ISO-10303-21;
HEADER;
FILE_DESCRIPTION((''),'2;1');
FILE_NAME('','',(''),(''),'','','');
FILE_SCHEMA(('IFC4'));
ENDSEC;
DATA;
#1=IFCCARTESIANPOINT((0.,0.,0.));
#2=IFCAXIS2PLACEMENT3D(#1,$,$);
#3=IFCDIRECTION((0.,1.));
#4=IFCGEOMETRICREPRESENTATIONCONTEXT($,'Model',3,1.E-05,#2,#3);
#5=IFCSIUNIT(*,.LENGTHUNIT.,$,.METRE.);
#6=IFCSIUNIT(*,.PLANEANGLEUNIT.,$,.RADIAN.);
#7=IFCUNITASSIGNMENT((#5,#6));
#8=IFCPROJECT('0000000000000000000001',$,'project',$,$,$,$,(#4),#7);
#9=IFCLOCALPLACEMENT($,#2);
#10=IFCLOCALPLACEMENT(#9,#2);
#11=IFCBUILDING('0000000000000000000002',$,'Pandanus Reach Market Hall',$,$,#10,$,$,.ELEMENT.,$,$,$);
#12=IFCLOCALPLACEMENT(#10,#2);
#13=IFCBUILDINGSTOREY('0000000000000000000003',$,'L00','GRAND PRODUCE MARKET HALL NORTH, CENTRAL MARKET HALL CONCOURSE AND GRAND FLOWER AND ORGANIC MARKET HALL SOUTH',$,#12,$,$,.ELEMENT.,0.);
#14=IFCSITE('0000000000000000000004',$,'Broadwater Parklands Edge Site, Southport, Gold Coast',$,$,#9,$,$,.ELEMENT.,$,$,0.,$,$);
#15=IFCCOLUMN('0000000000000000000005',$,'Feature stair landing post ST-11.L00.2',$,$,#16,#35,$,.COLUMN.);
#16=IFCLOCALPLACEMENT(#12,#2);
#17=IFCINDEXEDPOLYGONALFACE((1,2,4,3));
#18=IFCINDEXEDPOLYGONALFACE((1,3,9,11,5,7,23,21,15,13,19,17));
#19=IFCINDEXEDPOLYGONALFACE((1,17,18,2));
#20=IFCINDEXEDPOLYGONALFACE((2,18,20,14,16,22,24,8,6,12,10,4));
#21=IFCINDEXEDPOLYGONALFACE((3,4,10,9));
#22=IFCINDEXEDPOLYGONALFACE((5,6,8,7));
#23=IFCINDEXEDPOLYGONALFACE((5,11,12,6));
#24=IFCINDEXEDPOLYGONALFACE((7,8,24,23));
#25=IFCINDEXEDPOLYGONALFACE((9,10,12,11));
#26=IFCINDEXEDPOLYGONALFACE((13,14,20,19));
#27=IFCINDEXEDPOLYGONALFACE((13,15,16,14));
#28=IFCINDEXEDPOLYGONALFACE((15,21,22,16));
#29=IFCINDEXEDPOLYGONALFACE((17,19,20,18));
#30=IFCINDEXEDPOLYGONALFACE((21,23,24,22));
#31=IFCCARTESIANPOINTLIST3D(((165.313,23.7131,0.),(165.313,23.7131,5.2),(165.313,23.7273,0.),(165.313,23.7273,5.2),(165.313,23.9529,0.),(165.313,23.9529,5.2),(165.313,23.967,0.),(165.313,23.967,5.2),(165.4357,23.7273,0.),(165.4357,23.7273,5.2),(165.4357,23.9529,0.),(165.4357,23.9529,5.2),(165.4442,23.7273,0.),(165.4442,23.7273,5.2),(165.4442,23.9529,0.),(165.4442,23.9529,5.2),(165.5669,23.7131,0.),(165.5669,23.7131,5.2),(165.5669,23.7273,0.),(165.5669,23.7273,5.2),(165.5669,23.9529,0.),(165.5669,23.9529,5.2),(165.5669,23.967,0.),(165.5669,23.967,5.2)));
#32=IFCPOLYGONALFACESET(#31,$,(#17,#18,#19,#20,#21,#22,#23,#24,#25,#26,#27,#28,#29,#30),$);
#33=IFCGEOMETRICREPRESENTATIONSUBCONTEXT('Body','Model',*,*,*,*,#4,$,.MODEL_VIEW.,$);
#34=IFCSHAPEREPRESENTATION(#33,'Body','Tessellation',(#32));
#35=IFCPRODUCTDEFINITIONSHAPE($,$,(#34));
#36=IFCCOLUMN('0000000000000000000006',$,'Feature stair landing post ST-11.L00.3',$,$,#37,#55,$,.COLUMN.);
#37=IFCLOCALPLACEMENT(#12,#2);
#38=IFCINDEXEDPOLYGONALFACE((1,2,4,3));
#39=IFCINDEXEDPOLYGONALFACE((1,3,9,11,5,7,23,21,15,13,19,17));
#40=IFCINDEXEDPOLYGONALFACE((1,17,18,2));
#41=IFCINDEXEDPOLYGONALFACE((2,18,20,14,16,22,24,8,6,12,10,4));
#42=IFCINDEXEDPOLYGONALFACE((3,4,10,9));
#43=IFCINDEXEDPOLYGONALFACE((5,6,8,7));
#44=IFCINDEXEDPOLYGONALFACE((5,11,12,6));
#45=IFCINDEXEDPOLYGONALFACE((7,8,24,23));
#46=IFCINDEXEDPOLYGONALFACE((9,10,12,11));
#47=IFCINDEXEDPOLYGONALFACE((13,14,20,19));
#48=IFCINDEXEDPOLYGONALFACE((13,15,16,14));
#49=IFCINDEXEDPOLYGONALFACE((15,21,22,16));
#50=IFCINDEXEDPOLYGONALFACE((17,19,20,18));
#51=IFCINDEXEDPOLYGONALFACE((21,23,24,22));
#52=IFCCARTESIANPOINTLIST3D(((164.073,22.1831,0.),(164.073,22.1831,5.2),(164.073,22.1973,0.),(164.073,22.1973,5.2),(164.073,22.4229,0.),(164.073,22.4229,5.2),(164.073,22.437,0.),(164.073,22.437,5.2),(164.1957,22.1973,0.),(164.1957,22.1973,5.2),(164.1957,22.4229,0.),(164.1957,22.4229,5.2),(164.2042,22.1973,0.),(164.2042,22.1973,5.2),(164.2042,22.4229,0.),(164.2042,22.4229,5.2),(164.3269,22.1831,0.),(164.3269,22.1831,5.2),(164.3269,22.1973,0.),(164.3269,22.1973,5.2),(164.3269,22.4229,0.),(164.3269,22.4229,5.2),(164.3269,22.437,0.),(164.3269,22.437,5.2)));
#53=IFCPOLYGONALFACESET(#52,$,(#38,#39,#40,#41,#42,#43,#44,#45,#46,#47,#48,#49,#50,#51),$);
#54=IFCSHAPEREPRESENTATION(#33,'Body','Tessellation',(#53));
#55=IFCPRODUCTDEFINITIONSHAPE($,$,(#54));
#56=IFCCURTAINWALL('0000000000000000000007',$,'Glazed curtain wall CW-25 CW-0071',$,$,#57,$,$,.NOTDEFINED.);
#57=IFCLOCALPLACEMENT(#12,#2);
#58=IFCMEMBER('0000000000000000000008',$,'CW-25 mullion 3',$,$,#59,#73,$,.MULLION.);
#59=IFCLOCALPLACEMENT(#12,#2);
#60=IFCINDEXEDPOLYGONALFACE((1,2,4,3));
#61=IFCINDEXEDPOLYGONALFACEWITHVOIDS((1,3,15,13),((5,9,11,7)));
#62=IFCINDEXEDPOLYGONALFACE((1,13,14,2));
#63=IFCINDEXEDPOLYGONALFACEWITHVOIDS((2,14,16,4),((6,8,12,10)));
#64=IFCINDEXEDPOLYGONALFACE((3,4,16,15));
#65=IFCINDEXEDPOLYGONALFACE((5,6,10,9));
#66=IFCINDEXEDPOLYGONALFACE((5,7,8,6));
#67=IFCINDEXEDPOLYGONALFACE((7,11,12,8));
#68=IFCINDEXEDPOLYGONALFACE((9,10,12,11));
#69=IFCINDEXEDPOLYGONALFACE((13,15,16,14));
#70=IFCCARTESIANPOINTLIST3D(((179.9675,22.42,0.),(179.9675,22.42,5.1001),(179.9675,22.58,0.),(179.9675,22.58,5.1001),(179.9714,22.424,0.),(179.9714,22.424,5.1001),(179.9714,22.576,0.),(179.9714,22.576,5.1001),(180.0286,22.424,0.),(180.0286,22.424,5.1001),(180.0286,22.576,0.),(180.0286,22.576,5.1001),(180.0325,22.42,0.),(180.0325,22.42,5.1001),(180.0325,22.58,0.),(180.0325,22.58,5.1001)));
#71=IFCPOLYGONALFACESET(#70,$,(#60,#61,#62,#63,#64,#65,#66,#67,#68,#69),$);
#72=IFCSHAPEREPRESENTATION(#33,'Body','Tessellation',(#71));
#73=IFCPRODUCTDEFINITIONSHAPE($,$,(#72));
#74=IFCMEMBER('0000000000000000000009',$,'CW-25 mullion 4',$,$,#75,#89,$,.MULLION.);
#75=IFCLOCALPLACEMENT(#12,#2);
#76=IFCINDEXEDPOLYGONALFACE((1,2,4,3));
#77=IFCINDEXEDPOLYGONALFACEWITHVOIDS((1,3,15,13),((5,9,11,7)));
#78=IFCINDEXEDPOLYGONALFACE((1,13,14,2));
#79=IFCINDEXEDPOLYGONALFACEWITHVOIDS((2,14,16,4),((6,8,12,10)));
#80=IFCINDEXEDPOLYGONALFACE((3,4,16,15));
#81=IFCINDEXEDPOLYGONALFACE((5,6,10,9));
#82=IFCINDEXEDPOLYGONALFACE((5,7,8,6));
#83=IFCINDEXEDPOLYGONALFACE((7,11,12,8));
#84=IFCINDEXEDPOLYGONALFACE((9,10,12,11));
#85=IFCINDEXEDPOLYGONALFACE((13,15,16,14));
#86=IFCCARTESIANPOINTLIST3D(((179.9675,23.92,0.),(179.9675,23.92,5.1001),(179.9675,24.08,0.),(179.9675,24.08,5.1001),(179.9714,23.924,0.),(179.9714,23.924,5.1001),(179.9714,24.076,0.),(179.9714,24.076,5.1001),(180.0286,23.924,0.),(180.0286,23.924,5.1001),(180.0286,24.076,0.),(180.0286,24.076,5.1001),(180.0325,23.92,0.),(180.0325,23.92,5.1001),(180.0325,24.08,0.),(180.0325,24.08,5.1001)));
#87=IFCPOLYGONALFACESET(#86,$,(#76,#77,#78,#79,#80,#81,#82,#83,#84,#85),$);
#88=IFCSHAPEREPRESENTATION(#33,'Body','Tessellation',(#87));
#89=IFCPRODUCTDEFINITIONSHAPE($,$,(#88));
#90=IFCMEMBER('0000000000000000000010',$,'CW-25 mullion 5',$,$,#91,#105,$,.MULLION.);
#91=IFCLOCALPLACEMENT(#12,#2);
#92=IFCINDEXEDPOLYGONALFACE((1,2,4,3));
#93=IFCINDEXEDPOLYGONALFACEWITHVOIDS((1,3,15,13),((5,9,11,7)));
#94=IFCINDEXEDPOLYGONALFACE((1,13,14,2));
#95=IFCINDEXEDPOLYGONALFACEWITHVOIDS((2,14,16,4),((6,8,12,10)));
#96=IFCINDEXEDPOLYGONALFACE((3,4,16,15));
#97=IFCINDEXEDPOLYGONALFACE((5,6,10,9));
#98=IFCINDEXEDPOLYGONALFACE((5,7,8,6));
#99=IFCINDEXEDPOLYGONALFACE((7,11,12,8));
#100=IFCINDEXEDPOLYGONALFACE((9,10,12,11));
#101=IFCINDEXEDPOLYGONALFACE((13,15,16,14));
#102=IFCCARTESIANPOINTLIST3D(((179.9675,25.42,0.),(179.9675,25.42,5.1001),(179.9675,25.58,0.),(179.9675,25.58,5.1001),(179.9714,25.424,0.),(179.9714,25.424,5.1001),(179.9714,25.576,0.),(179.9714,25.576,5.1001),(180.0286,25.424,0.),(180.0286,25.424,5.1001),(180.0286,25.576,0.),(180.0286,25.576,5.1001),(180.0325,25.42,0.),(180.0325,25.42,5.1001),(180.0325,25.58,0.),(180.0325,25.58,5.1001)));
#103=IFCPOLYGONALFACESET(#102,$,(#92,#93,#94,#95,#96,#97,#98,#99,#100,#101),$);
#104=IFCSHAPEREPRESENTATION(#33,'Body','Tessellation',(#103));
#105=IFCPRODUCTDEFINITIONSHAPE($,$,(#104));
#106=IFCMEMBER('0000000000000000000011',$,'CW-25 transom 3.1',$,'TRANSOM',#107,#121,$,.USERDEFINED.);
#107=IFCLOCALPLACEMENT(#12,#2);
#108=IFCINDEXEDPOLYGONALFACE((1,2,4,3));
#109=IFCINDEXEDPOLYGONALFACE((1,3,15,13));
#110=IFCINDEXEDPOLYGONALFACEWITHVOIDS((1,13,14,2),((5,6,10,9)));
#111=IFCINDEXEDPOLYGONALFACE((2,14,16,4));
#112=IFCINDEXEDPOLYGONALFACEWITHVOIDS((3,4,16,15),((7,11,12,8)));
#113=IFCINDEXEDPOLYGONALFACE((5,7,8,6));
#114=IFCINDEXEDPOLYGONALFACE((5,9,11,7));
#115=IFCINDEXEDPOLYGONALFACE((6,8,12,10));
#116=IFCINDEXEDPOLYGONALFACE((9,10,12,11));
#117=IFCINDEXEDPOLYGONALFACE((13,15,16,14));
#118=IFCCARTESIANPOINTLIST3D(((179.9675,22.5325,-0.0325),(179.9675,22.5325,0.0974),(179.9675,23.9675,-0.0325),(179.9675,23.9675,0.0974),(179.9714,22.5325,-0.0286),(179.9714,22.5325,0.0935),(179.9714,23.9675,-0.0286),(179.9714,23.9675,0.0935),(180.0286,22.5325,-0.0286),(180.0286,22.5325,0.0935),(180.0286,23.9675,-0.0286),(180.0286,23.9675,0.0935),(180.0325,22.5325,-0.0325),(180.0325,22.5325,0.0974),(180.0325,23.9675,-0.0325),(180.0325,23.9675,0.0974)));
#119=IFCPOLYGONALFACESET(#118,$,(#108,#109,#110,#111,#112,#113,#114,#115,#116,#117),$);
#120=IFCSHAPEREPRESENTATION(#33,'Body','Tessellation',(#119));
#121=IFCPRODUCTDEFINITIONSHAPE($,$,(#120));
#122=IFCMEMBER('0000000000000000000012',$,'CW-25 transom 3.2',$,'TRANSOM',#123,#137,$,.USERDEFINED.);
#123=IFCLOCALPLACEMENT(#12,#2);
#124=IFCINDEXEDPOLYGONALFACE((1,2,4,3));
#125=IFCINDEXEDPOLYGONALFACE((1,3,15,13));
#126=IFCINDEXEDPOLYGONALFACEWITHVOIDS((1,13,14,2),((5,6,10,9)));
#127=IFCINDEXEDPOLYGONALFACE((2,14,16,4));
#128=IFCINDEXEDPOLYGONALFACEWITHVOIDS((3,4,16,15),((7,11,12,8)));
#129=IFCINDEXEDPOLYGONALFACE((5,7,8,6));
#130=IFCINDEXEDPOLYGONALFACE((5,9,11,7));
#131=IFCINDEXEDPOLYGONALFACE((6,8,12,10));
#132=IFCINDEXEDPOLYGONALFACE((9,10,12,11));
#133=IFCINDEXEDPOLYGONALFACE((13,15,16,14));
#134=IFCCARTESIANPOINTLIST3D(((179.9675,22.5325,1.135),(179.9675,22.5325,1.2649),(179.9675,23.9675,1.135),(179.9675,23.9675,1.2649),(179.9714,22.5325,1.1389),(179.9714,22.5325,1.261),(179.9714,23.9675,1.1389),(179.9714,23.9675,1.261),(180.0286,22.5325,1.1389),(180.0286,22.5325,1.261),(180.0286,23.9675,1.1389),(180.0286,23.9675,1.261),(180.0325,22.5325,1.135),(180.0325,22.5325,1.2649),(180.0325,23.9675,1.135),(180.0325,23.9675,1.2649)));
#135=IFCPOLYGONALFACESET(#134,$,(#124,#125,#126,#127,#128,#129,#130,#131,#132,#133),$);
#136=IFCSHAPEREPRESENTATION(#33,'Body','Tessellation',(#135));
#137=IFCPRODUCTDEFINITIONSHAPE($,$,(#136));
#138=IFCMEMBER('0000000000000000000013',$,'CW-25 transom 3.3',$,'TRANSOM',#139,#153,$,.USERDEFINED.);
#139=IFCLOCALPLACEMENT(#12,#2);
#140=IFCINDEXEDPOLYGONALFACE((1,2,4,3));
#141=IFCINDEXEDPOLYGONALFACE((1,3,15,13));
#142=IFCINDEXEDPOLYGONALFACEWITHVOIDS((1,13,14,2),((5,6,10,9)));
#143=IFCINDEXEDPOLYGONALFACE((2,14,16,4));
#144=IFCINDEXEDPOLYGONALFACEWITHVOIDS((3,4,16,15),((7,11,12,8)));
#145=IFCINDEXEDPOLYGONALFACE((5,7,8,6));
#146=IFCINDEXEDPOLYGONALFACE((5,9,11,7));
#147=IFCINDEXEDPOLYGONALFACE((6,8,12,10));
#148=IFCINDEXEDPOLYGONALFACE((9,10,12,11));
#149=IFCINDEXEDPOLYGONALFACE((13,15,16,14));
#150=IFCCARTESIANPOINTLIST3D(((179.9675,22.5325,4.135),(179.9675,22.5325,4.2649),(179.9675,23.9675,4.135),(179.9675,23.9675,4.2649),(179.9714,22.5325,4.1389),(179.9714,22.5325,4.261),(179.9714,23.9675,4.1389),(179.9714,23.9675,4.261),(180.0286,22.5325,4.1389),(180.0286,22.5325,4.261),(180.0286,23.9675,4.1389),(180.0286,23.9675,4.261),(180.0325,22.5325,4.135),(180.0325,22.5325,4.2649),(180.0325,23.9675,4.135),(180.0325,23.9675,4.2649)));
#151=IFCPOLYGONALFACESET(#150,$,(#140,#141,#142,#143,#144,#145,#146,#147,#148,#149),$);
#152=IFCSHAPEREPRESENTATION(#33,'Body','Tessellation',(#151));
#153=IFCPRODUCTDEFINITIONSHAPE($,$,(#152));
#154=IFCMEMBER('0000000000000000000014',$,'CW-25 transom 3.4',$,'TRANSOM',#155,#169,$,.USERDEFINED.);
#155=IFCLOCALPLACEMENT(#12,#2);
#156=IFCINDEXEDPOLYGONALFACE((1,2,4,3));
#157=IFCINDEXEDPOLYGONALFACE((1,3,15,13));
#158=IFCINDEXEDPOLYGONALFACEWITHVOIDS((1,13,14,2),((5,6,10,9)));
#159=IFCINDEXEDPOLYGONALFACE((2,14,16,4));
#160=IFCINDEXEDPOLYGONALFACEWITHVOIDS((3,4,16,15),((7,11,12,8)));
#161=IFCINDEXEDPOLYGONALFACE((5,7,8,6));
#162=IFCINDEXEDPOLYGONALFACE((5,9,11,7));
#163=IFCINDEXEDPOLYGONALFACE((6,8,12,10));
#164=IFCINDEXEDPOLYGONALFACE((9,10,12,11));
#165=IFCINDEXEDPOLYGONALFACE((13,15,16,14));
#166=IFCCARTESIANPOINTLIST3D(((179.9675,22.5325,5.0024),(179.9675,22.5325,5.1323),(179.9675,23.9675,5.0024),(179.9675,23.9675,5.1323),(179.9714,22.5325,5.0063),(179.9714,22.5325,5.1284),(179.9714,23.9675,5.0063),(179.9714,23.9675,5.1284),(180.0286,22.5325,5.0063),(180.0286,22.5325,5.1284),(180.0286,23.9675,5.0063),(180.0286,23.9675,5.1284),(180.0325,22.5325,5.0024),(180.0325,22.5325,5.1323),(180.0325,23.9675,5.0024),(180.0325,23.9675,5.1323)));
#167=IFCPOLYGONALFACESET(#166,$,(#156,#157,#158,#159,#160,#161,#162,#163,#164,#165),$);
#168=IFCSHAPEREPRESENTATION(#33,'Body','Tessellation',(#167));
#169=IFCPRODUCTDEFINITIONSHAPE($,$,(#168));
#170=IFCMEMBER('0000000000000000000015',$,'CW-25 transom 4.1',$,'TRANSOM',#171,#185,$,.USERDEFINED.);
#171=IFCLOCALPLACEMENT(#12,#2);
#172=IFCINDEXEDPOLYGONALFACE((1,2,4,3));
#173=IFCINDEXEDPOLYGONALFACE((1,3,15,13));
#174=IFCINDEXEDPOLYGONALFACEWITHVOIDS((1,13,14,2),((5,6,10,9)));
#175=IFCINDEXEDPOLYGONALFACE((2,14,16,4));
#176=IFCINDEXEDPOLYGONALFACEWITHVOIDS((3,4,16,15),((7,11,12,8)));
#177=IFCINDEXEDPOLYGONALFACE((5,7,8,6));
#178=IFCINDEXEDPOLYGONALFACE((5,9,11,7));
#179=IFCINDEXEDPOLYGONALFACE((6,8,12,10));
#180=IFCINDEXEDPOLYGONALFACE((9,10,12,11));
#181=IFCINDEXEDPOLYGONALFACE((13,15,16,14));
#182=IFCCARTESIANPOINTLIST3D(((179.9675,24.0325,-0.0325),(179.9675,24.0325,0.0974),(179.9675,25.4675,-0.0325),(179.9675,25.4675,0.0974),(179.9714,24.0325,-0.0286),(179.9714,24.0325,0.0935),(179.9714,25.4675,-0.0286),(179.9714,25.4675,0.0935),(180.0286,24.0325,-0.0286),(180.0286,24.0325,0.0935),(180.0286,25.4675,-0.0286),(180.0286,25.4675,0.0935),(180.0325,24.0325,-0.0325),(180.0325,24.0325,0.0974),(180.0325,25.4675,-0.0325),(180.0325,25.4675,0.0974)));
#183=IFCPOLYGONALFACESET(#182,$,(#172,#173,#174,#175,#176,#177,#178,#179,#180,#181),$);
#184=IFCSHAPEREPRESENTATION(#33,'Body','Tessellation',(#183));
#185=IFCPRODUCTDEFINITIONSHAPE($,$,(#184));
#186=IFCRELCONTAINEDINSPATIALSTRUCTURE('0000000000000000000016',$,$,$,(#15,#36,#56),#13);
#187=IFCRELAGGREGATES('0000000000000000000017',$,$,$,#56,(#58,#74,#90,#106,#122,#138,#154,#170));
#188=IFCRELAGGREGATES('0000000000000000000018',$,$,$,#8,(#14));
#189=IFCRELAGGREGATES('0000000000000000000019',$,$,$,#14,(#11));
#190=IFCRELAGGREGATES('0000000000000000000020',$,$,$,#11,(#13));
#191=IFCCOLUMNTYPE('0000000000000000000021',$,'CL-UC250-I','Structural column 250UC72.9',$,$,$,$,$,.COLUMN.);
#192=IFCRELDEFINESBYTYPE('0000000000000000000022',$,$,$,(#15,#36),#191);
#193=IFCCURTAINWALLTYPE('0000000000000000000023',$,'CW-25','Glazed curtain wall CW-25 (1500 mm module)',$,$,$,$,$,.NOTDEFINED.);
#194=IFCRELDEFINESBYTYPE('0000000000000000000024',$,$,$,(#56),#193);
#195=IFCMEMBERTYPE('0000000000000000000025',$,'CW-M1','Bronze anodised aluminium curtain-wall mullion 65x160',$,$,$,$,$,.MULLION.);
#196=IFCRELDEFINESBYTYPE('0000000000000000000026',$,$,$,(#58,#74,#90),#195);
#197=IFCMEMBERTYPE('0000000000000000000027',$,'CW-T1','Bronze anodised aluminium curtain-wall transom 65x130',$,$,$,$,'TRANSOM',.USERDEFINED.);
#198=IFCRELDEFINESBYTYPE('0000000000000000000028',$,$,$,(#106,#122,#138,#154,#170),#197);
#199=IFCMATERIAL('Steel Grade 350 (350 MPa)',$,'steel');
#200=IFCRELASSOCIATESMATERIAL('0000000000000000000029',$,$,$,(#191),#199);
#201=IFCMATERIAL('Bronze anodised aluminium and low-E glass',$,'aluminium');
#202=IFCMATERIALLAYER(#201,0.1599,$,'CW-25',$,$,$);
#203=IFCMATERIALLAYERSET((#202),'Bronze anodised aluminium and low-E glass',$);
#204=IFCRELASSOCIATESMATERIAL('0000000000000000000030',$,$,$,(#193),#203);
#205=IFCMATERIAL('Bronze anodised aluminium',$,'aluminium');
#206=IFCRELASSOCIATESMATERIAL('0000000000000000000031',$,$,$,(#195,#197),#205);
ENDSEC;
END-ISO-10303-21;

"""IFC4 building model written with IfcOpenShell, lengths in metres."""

from ifc_helpers import new_model, si_unit, direction, frame, origin, origin_2d, place, context, subcontext, project, spatial, hollow_rectangle, i_section, extrude, material, layer, layer_set, material_profile, profile_set, type_object, element, aggregate, save


model = new_model("IFC4")

# Units and contexts
model_context = context("Model", 3, precision=1e-05, world=origin(), true_north=direction((0.0, 1.0)))
body_context = subcontext(model_context, "Body", "Model", "MODEL_VIEW")
ifc_project = project(units=[si_unit("LENGTHUNIT", "METRE"), si_unit("PLANEANGLEUNIT", "RADIAN")], contexts=[model_context])

# Site, building, storey
site_placement = place(None, origin())
site = spatial("IfcSite", under=ifc_project, at=site_placement, Name="Broadwater Parklands Edge Site, Southport, Gold Coast", CompositionType="ELEMENT", RefElevation=0.0)
building_placement = place(site_placement, origin())
building = spatial("IfcBuilding", under=site, at=building_placement, Name="Pandanus Reach Market Hall", CompositionType="ELEMENT")
storey_placement = place(building_placement, origin())
storey = spatial("IfcBuildingStorey", under=building, at=storey_placement, Name="L00", Description="GRAND PRODUCE MARKET HALL NORTH, CENTRAL MARKET HALL CONCOURSE AND GRAND FLOWER AND ORGANIC MARKET HALL SOUTH", CompositionType="ELEMENT", Elevation=0.0)

# Columns
ifc_material_1 = material(Name="Steel Grade 350 (350 MPa)", Category="steel")
ifc_material_profile_1 = material_profile(ifc_material_1, i_section(OverallWidth=0.2539, OverallDepth=0.2539, WebThickness=0.0085, FlangeThickness=0.0142, at=origin_2d()), Name="250UC72.9", Category="LoadBearing")
ifc_profile_set_1 = profile_set([ifc_material_profile_1], Name="Steel Grade 350 (350 MPa)")
column_type = type_object("IfcColumnType", Name="CL-UC250-I", Description="Structural column 250UC72.9", PredefinedType="COLUMN", material=ifc_profile_set_1)
for number, where, z_axis, x_axis, name in (
    (1, (165.4399, 23.8401, 0.0), (0.0, 0.0, 1.0), (1.0, 0.0, 0.0), "Feature stair landing post ST-11.L00.2"),
    (2, (164.2, 22.3101, 0.0), (0.0, 0.0, 1.0), (1.0, 0.0, 0.0), "Feature stair landing post ST-11.L00.3"),
):
    element("IfcColumn", number, at=place(storey_placement, frame(where, z_axis=z_axis, x_axis=x_axis)), inside=storey, type_object=column_type, Name=name, PredefinedType="COLUMN", context=body_context, shape_type="SweptSolid", body=[
        extrude(i_section(OverallWidth=0.2539, OverallDepth=0.2539, WebThickness=0.0085, FlangeThickness=0.0142, at=origin_2d()), origin(), (0.0, 0.0, 1.0), 5.2),
    ])

# Curtain wall, members
ifc_material_2 = material(Name="Bronze anodised aluminium and low-E glass", Category="aluminium")
ifc_layer_1 = layer(ifc_material_2, 0.1599, Name="CW-25")
ifc_layer_set_1 = layer_set([ifc_layer_1], Name="Bronze anodised aluminium and low-E glass")
curtain_wall_type = type_object("IfcCurtainWallType", Name="CW-25", Description="Glazed curtain wall CW-25 (1500 mm module)", PredefinedType="NOTDEFINED", material=ifc_layer_set_1)
curtain_wall_placement = place(storey_placement, origin())
curtain_wall = element("IfcCurtainWall", 3, at=curtain_wall_placement, inside=storey, type_object=curtain_wall_type, Name="Glazed curtain wall CW-25 CW-0071", PredefinedType="NOTDEFINED")
ifc_material_3 = material(Name="Bronze anodised aluminium", Category="aluminium")
ifc_material_profile_2 = material_profile(ifc_material_3, hollow_rectangle(XDim=0.0649, YDim=0.1599, WallThickness=0.0039, at=origin_2d()), Name="ALU65x160", Category="LoadBearing")
ifc_profile_set_2 = profile_set([ifc_material_profile_2], Name="Bronze anodised aluminium")
member_type_1 = type_object("IfcMemberType", Name="CW-M1", Description="Bronze anodised aluminium curtain-wall mullion 65x160", PredefinedType="MULLION", material=ifc_profile_set_2)
member_1_placement = place(storey_placement, frame((180.0, 22.5, 0.0), z_axis=(0.0, 0.0, 1.0), x_axis=(-1.0, 0.0, 0.0)))
member_1 = element("IfcMember", 4, at=member_1_placement, type_object=member_type_1, Name="CW-25 mullion 3", PredefinedType="MULLION", context=body_context, shape_type="SweptSolid", body=[
    extrude(hollow_rectangle(XDim=0.0649, YDim=0.1599, WallThickness=0.0039, at=origin_2d()), origin(), (0.0, 0.0, 1.0), 5.1001),
])
member_2_placement = place(storey_placement, frame((180.0, 24.0, 0.0), z_axis=(0.0, 0.0, 1.0), x_axis=(-1.0, 0.0, 0.0)))
member_2 = element("IfcMember", 5, at=member_2_placement, type_object=member_type_1, Name="CW-25 mullion 4", PredefinedType="MULLION", context=body_context, shape_type="SweptSolid", body=[
    extrude(hollow_rectangle(XDim=0.0649, YDim=0.1599, WallThickness=0.0039, at=origin_2d()), origin(), (0.0, 0.0, 1.0), 5.1001),
])
member_3_placement = place(storey_placement, frame((180.0, 25.5, 0.0), z_axis=(0.0, 0.0, 1.0), x_axis=(-1.0, 0.0, 0.0)))
member_3 = element("IfcMember", 6, at=member_3_placement, type_object=member_type_1, Name="CW-25 mullion 5", PredefinedType="MULLION", context=body_context, shape_type="SweptSolid", body=[
    extrude(hollow_rectangle(XDim=0.0649, YDim=0.1599, WallThickness=0.0039, at=origin_2d()), origin(), (0.0, 0.0, 1.0), 5.1001),
])
ifc_material_profile_3 = material_profile(ifc_material_3, hollow_rectangle(XDim=0.0649, YDim=0.1299, WallThickness=0.0039, at=origin_2d()), Name="ALU65x130", Category="LoadBearing")
ifc_profile_set_3 = profile_set([ifc_material_profile_3], Name="Bronze anodised aluminium")
member_type_2 = type_object("IfcMemberType", Name="CW-T1", Description="Bronze anodised aluminium curtain-wall transom 65x130", ElementType="TRANSOM", PredefinedType="USERDEFINED", material=ifc_profile_set_3)
member_4_placement = place(storey_placement, frame((180.0, 22.5325, 0.0325), z_axis=(0.0, 1.0, 0.0), x_axis=(-1.0, 0.0, 0.0)))
member_4 = element("IfcMember", 7, at=member_4_placement, type_object=member_type_2, Name="CW-25 transom 3.1", ObjectType="TRANSOM", PredefinedType="USERDEFINED", context=body_context, shape_type="SweptSolid", body=[
    extrude(hollow_rectangle(XDim=0.0649, YDim=0.1299, WallThickness=0.0039, at=origin_2d()), origin(), (0.0, 0.0, 1.0), 1.4351),
])
member_5_placement = place(storey_placement, frame((180.0, 22.5325, 1.2), z_axis=(0.0, 1.0, 0.0), x_axis=(-1.0, 0.0, 0.0)))
member_5 = element("IfcMember", 8, at=member_5_placement, type_object=member_type_2, Name="CW-25 transom 3.2", ObjectType="TRANSOM", PredefinedType="USERDEFINED", context=body_context, shape_type="SweptSolid", body=[
    extrude(hollow_rectangle(XDim=0.0649, YDim=0.1299, WallThickness=0.0039, at=origin_2d()), origin(), (0.0, 0.0, 1.0), 1.4351),
])
member_6_placement = place(storey_placement, frame((180.0, 22.5325, 4.2), z_axis=(0.0, 1.0, 0.0), x_axis=(-1.0, 0.0, 0.0)))
member_6 = element("IfcMember", 9, at=member_6_placement, type_object=member_type_2, Name="CW-25 transom 3.3", ObjectType="TRANSOM", PredefinedType="USERDEFINED", context=body_context, shape_type="SweptSolid", body=[
    extrude(hollow_rectangle(XDim=0.0649, YDim=0.1299, WallThickness=0.0039, at=origin_2d()), origin(), (0.0, 0.0, 1.0), 1.4351),
])
member_7_placement = place(storey_placement, frame((180.0, 22.5325, 5.0674), z_axis=(0.0, 1.0, 0.0), x_axis=(-1.0, 0.0, 0.0)))
member_7 = element("IfcMember", 10, at=member_7_placement, type_object=member_type_2, Name="CW-25 transom 3.4", ObjectType="TRANSOM", PredefinedType="USERDEFINED", context=body_context, shape_type="SweptSolid", body=[
    extrude(hollow_rectangle(XDim=0.0649, YDim=0.1299, WallThickness=0.0039, at=origin_2d()), origin(), (0.0, 0.0, 1.0), 1.4351),
])
member_8_placement = place(storey_placement, frame((180.0, 24.0325, 0.0325), z_axis=(0.0, 1.0, 0.0), x_axis=(-1.0, 0.0, 0.0)))
member_8 = element("IfcMember", 11, at=member_8_placement, type_object=member_type_2, Name="CW-25 transom 4.1", ObjectType="TRANSOM", PredefinedType="USERDEFINED", context=body_context, shape_type="SweptSolid", body=[
    extrude(hollow_rectangle(XDim=0.0649, YDim=0.1299, WallThickness=0.0039, at=origin_2d()), origin(), (0.0, 0.0, 1.0), 1.4351),
])

aggregate(curtain_wall, [member_1, member_2, member_3, member_4, member_5, member_6, member_7, member_8])

save(model, "model.ifc")
